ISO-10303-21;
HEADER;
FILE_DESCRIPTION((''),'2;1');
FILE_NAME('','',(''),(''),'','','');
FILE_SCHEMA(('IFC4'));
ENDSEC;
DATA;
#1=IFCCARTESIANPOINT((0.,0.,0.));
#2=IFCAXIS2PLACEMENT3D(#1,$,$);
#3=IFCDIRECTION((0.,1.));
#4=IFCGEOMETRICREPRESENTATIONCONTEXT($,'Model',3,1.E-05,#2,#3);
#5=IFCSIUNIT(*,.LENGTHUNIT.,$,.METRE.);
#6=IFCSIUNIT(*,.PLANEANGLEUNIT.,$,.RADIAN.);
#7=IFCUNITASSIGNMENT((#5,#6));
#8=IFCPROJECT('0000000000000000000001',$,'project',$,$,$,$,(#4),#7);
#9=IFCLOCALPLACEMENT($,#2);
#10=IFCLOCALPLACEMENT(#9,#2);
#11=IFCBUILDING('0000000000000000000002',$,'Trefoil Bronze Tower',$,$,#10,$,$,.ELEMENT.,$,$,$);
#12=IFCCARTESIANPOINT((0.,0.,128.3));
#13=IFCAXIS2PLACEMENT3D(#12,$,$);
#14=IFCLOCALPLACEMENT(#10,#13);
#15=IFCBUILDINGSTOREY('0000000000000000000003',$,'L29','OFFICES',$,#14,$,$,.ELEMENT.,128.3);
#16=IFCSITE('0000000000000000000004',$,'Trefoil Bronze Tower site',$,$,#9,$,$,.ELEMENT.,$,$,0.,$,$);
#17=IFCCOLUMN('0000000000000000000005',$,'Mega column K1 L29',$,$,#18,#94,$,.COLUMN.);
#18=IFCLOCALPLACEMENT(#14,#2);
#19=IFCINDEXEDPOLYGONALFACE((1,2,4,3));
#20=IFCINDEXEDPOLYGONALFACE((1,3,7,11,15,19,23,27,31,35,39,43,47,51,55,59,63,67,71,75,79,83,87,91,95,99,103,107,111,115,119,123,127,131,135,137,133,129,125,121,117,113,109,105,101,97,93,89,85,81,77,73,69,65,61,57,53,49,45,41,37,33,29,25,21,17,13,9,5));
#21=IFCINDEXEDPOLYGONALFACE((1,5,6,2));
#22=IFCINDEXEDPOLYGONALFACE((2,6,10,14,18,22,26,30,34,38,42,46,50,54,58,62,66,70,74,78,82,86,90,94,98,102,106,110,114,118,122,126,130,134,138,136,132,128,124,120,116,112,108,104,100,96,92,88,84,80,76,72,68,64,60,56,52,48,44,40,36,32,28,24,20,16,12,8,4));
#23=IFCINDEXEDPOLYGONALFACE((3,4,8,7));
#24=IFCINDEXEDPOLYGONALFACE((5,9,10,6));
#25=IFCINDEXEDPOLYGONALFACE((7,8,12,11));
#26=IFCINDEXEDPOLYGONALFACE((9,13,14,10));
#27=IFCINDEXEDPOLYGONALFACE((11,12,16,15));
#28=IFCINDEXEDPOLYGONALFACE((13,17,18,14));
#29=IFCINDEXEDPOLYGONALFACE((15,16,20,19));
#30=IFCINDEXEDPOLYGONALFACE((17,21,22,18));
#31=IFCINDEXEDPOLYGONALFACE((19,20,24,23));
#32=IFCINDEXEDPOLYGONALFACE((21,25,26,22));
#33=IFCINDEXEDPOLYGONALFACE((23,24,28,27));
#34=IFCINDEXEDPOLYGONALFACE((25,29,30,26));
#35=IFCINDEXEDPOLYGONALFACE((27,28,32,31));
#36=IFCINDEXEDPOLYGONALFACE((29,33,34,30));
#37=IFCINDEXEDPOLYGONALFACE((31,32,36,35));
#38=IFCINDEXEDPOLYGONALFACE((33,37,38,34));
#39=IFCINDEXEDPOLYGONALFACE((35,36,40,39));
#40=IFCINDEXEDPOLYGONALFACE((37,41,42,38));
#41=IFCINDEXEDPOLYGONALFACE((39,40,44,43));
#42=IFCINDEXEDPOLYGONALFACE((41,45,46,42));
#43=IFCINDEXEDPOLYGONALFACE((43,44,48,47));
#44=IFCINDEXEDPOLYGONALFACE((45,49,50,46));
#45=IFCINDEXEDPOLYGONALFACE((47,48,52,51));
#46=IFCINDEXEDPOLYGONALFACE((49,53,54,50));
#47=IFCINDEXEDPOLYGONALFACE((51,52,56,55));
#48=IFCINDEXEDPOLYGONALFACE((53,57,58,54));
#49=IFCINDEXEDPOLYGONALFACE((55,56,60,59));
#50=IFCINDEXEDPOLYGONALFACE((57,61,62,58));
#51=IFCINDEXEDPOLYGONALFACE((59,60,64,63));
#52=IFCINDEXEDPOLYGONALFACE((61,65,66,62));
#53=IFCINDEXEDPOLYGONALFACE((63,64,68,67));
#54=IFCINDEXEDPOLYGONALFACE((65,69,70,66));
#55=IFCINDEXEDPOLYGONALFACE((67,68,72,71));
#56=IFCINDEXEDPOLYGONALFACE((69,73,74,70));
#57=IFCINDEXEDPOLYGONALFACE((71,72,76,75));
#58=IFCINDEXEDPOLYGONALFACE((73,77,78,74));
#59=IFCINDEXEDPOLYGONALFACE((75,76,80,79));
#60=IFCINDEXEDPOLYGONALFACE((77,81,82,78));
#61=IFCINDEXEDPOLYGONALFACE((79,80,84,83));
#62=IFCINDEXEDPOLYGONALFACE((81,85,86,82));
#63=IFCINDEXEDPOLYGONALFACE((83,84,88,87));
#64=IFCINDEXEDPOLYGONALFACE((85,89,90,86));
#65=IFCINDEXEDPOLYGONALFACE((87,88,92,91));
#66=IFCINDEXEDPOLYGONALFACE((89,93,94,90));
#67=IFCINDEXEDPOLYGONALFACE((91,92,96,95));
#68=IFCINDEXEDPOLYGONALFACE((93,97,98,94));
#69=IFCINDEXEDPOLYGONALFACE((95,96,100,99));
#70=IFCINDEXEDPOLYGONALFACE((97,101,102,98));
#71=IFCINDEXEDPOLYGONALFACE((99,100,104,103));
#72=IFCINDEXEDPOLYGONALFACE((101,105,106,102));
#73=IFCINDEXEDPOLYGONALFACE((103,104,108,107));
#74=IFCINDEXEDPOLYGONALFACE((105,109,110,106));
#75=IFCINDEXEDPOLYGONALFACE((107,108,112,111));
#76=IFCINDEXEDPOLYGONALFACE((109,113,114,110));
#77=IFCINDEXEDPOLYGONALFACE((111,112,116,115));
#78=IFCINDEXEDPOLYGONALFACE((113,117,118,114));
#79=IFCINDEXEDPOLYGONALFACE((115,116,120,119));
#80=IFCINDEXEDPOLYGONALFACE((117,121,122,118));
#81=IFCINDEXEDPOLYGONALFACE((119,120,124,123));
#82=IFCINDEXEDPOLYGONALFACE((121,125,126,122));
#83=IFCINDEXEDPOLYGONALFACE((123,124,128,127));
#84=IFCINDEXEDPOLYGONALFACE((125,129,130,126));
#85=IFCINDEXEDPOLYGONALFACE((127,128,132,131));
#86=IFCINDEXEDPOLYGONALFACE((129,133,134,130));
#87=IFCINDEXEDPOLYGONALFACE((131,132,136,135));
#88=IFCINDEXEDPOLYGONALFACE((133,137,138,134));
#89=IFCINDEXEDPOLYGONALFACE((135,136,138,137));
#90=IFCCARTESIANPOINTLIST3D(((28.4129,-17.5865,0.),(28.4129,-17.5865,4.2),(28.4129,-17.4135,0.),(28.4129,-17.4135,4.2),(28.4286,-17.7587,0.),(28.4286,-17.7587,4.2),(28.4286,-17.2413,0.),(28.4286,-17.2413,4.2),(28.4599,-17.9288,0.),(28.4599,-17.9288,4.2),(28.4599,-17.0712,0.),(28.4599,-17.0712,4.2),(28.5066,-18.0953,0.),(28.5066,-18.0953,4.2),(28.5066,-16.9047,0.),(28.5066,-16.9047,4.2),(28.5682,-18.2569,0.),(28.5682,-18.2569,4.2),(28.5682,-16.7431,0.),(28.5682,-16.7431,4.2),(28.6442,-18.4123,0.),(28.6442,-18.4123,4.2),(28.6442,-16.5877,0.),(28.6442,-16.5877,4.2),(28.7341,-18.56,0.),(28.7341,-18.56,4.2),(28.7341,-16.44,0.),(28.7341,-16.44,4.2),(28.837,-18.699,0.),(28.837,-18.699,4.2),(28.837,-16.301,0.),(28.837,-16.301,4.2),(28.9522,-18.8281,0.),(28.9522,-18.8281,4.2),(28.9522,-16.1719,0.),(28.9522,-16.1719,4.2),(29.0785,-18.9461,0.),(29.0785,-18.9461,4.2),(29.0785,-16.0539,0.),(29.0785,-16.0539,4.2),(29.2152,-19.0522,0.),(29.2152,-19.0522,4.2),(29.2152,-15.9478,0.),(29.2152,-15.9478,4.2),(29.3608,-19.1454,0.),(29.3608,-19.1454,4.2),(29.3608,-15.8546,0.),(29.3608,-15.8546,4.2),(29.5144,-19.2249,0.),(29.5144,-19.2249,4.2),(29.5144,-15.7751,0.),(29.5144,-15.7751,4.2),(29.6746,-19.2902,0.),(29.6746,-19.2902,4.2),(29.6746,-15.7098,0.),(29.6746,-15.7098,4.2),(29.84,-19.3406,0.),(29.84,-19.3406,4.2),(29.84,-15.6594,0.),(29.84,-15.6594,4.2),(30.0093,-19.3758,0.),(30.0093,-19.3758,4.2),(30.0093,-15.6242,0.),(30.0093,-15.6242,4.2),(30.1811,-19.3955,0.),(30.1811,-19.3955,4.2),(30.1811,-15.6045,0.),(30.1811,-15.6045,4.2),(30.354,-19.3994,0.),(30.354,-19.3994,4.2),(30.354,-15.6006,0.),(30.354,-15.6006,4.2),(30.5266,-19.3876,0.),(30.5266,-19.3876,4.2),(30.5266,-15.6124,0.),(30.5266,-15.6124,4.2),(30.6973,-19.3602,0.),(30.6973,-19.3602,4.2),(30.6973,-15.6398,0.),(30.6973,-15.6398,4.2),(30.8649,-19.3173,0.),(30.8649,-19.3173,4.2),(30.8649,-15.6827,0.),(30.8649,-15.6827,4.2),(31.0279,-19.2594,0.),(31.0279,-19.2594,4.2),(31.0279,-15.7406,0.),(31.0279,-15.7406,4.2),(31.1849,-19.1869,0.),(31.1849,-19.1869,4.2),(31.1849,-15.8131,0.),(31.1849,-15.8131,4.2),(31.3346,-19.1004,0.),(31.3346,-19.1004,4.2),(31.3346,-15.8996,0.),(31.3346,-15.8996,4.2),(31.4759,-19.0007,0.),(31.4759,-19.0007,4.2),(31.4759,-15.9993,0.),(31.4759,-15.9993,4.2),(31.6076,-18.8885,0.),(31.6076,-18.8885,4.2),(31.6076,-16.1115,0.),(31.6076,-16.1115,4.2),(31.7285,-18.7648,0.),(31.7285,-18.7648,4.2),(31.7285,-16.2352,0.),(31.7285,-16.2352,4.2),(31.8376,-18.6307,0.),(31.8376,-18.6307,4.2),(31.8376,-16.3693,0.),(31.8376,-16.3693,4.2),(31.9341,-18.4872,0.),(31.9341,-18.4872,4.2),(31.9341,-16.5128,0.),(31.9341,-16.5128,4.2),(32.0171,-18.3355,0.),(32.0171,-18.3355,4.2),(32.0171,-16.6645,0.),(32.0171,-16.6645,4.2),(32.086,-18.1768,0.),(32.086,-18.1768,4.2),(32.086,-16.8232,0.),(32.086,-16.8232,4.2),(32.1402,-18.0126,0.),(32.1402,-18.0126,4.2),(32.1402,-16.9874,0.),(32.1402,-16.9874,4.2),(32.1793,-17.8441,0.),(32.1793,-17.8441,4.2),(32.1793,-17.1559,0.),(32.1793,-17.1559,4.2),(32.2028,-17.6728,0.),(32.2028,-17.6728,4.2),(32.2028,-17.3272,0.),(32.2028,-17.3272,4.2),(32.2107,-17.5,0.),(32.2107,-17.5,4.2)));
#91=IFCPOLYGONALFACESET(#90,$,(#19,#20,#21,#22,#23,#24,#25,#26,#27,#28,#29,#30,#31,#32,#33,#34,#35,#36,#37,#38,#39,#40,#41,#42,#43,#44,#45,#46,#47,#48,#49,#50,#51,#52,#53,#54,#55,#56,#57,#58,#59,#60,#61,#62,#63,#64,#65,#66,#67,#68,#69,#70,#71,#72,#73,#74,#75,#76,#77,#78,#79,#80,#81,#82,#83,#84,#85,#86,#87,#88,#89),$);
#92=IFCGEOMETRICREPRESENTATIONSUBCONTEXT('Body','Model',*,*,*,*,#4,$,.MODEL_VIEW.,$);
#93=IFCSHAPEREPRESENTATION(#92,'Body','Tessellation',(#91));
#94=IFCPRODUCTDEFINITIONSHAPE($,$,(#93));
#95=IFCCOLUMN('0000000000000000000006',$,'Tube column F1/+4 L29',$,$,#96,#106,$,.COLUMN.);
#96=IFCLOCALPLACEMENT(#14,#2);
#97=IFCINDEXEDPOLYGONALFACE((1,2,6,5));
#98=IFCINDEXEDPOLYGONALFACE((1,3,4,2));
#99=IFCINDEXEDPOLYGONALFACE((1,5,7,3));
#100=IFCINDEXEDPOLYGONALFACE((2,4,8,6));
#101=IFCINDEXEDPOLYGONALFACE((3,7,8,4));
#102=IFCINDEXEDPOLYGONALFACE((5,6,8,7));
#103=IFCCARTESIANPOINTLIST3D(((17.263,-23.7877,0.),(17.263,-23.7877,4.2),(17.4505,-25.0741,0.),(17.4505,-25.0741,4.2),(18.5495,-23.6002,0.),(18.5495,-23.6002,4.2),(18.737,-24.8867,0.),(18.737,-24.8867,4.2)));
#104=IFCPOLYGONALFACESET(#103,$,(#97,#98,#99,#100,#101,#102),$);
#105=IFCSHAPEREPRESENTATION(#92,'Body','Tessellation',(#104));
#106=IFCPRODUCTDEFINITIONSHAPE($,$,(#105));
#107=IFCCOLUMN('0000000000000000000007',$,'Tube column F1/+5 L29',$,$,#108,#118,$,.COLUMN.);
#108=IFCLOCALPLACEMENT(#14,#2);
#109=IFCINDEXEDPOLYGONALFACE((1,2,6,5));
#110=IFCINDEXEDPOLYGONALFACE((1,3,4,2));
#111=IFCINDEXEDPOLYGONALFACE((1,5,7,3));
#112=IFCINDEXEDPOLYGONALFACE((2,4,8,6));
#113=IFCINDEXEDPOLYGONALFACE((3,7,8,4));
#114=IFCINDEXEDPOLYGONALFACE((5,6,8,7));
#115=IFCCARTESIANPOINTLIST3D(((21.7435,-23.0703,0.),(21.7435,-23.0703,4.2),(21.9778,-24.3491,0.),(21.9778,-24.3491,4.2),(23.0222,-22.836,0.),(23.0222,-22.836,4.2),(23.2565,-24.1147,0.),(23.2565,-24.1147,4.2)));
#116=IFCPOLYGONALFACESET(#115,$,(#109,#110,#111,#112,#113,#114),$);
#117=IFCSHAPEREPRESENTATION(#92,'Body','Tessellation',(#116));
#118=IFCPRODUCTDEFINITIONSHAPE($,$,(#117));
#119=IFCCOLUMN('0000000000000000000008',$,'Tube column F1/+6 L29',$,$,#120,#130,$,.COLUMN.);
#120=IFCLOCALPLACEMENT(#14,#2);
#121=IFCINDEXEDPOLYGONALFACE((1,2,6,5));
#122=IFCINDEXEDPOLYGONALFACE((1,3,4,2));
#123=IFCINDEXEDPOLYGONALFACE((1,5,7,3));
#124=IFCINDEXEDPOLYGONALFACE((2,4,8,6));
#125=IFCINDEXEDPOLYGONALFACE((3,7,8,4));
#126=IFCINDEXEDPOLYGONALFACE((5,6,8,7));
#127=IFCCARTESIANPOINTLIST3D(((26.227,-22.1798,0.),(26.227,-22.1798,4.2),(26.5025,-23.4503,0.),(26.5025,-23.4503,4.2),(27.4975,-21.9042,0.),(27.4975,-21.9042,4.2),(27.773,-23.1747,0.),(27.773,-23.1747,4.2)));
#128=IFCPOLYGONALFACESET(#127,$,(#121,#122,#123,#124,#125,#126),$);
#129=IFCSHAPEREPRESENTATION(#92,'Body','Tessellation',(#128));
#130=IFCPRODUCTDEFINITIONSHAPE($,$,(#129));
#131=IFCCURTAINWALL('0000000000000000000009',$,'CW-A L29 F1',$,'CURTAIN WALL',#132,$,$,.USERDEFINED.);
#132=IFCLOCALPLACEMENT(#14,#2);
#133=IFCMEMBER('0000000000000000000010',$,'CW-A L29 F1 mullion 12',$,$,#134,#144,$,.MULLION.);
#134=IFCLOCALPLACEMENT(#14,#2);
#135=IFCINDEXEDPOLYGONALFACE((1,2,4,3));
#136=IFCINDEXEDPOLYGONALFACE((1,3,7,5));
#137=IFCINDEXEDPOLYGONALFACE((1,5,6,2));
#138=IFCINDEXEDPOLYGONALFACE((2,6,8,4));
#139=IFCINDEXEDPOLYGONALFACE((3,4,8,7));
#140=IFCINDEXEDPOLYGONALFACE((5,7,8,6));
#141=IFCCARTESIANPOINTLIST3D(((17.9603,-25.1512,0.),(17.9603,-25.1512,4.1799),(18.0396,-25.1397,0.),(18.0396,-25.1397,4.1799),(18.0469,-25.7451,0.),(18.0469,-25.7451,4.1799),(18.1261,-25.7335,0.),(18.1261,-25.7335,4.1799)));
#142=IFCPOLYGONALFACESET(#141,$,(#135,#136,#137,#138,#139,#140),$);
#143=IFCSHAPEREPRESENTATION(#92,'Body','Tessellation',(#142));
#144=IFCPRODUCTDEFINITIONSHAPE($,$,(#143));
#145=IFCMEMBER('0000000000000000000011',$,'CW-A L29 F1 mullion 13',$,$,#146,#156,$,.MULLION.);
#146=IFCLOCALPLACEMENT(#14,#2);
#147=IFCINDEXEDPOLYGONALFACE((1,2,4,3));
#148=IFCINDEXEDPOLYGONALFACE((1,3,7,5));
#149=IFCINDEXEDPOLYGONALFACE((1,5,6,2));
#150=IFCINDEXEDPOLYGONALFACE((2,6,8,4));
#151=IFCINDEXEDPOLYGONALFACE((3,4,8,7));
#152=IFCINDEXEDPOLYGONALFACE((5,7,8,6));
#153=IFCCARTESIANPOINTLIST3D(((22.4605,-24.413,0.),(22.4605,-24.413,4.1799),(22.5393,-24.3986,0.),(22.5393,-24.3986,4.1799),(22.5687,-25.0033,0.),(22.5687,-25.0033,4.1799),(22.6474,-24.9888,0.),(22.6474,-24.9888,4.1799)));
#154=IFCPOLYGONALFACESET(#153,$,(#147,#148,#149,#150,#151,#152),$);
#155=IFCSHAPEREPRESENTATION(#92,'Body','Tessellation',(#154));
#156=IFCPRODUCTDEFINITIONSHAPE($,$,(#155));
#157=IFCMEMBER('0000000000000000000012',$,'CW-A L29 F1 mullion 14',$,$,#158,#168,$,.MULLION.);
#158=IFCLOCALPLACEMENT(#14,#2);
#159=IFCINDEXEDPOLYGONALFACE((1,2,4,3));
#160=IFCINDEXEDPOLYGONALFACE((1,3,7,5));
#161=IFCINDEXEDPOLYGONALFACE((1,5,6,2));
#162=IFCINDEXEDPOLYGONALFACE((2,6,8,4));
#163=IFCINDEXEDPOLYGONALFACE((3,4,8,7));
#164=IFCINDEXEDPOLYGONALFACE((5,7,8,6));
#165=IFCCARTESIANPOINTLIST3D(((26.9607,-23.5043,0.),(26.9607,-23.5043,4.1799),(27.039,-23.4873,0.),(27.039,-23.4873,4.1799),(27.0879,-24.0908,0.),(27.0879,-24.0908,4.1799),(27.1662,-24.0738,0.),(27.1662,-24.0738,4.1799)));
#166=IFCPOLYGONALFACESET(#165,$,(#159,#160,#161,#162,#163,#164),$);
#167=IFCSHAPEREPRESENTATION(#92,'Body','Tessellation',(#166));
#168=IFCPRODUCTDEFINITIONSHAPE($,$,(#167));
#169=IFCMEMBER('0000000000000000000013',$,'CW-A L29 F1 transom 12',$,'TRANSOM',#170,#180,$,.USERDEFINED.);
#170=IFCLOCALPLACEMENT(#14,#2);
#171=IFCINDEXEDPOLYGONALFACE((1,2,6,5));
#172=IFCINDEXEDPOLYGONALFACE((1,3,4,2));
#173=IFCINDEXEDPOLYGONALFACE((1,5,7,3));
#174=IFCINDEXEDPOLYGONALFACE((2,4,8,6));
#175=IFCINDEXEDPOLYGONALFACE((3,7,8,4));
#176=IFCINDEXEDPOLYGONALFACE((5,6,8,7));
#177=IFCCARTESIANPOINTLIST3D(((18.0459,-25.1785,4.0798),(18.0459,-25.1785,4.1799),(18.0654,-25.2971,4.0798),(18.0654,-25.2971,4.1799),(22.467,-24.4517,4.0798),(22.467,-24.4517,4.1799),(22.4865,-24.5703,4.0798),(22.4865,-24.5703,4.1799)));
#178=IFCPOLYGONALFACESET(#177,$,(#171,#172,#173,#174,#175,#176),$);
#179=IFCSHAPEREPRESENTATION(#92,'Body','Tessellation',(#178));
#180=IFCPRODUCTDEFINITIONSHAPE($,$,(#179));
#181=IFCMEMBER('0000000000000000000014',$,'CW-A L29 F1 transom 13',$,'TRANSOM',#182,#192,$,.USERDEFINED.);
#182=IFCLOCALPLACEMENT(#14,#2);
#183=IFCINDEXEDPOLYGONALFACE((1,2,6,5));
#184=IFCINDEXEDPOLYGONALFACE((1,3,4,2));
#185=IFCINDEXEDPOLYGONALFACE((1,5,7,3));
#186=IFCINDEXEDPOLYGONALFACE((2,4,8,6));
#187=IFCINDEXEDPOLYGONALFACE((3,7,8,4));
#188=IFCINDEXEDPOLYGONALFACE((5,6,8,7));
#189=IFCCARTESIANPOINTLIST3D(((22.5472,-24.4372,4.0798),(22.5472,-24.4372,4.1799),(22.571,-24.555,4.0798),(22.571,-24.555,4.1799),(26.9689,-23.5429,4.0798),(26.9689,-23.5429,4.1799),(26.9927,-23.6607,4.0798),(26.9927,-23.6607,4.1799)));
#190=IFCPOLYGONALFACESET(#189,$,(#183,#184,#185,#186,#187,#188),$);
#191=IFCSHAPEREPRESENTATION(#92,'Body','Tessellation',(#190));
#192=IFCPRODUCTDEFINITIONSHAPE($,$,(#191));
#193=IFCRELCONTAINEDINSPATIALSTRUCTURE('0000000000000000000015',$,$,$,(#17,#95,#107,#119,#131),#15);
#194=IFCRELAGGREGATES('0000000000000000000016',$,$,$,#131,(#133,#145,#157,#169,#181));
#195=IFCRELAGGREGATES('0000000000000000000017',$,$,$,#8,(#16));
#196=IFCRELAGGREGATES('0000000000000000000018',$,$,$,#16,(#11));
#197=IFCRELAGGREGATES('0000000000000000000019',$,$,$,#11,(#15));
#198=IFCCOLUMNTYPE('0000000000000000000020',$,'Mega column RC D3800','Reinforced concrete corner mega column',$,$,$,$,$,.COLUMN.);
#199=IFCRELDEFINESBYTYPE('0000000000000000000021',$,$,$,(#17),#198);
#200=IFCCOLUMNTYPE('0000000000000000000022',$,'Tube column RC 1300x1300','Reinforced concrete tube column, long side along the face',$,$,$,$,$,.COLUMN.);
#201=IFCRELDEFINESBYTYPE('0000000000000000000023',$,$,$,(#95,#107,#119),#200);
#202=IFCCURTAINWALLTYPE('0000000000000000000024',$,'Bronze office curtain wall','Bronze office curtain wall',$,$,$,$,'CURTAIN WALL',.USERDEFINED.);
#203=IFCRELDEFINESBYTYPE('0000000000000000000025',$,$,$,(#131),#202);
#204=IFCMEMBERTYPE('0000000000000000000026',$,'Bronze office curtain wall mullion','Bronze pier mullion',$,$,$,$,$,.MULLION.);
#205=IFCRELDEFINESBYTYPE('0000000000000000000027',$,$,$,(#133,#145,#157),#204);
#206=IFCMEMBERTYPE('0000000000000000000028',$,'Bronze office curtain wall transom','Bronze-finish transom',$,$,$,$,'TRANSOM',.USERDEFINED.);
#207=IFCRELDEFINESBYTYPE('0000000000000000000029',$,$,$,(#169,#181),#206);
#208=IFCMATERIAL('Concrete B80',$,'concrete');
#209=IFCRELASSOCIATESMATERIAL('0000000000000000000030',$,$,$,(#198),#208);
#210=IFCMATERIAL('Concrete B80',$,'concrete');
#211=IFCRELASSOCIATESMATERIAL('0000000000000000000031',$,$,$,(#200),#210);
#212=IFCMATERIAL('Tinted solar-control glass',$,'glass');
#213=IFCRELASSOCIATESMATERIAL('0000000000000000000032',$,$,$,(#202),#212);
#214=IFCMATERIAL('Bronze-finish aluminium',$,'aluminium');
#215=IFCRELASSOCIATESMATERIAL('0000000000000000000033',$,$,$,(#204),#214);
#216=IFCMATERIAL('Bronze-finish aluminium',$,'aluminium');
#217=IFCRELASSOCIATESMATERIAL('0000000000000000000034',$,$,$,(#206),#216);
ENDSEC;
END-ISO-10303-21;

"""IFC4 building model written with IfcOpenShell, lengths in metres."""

from ifc_helpers import new_model, si_unit, direction, frame, origin, origin_2d, place, context, subcontext, project, spatial, rectangle, circle, extrude, material, material_profile, profile_set, type_object, element, aggregate, save


model = new_model("IFC4")

# Units and contexts
model_context = context("Model", 3, precision=1e-05, world=origin(), true_north=direction((0.0, 1.0)))
body_context = subcontext(model_context, "Body", "Model", "MODEL_VIEW")
ifc_project = project(units=[si_unit("LENGTHUNIT", "METRE"), si_unit("PLANEANGLEUNIT", "RADIAN")], contexts=[model_context])

# Site, building, storey
site_placement = place(None, origin())
site = spatial("IfcSite", under=ifc_project, at=site_placement, Name="Trefoil Bronze Tower site", CompositionType="ELEMENT", RefElevation=0.0)
building_placement = place(site_placement, origin())
building = spatial("IfcBuilding", under=site, at=building_placement, Name="Trefoil Bronze Tower", CompositionType="ELEMENT")
storey_placement = place(building_placement, frame((0.0, 0.0, 128.3)))
storey = spatial("IfcBuildingStorey", under=building, at=storey_placement, Name="L29", Description="OFFICES", CompositionType="ELEMENT", Elevation=128.3)

# Columns
ifc_material_1 = material(Name="Concrete B80", Category="concrete")
ifc_material_profile_1 = material_profile(ifc_material_1, circle(Radius=1.8999, at=origin_2d()), Name="RC D3800")
ifc_profile_set_1 = profile_set([ifc_material_profile_1], Name="Concrete B80")
column_type_1 = type_object("IfcColumnType", Name="Mega column RC D3800", Description="Reinforced concrete corner mega column", PredefinedType="COLUMN", material=ifc_profile_set_1)
column_placement = place(storey_placement, frame((30.3108, -17.5, 0.0), z_axis=(0.0, 0.0, 1.0), x_axis=(1.0, 0.0, 0.0)))
element("IfcColumn", 1, at=column_placement, inside=storey, type_object=column_type_1, Name="Mega column K1 L29", PredefinedType="COLUMN", context=body_context, shape_type="SweptSolid", body=[
    extrude(circle(Radius=1.8999, at=origin_2d()), origin(), (0.0, 0.0, 1.0), 4.2),
])
ifc_material_2 = material(Name="Concrete B80", Category="concrete")
ifc_material_profile_2 = material_profile(ifc_material_2, rectangle(XDim=1.3, YDim=1.3, at=origin_2d()), Name="RC 1300x1300")
ifc_profile_set_2 = profile_set([ifc_material_profile_2], Name="Concrete B80")
column_type_2 = type_object("IfcColumnType", Name="Tube column RC 1300x1300", Description="Reinforced concrete tube column, long side along the face", PredefinedType="COLUMN", material=ifc_profile_set_2)
for number, where, z_axis, x_axis, name in (
    (2, (18.0, -24.3372, 0.0), (0.0, 0.0, 1.0), (0.98955, 0.144192, 0.0), "Tube column F1/+4 L29"),
    (3, (22.5, -23.5925, 0.0), (0.0, 0.0, 1.0), (0.983623, 0.180241, 0.0), "Tube column F1/+5 L29"),
    (4, (27.0, -22.6772, 0.0), (0.0, 0.0, 1.0), (0.977276, 0.21197, 0.0), "Tube column F1/+6 L29"),
):
    element("IfcColumn", number, at=place(storey_placement, frame(where, z_axis=z_axis, x_axis=x_axis)), inside=storey, type_object=column_type_2, Name=name, PredefinedType="COLUMN", context=body_context, shape_type="SweptSolid", body=[
        extrude(rectangle(XDim=1.3, YDim=1.3, at=origin_2d()), origin(), (0.0, 0.0, 1.0), 4.2),
    ])

# Curtain wall, members
ifc_material_3 = material(Name="Tinted solar-control glass", Category="glass")
curtain_wall_type_1 = type_object("IfcCurtainWallType", Name="Bronze office curtain wall", Description="Bronze office curtain wall", ElementType="CURTAIN WALL", PredefinedType="USERDEFINED", material=ifc_material_3)
curtain_wall_1_placement = place(storey_placement, origin())
curtain_wall_1 = element("IfcCurtainWall", 5, at=curtain_wall_1_placement, inside=storey, type_object=curtain_wall_type_1, Name="CW-A L29 F1", ObjectType="CURTAIN WALL", PredefinedType="USERDEFINED")
ifc_material_4 = material(Name="Bronze-finish aluminium", Category="aluminium")
ifc_material_profile_3 = material_profile(ifc_material_4, rectangle(XDim=0.6001, YDim=0.0801, at=origin_2d()), Name="CW-A mullion")
ifc_profile_set_3 = profile_set([ifc_material_profile_3], Name="Bronze-finish aluminium")
member_type_1 = type_object("IfcMemberType", Name="Bronze office curtain wall mullion", Description="Bronze pier mullion", PredefinedType="MULLION", material=ifc_profile_set_3)
member_1_placement = place(storey_placement, frame((18.0432, -25.4424, 0.0), z_axis=(0.0, 0.0, 1.0), x_axis=(-0.144192, 0.98955, 0.0)))
member_1 = element("IfcMember", 6, at=member_1_placement, type_object=member_type_1, Name="CW-A L29 F1 mullion 12", PredefinedType="MULLION", context=body_context, shape_type="SweptSolid", body=[
    extrude(rectangle(XDim=0.6001, YDim=0.0801, at=origin_2d()), origin(), (0.0, 0.0, 1.0), 4.1799),
])
member_2_placement = place(storey_placement, frame((22.554, -24.7009, 0.0), z_axis=(0.0, 0.0, 1.0), x_axis=(-0.180241, 0.983623, 0.0)))
member_2 = element("IfcMember", 7, at=member_2_placement, type_object=member_type_1, Name="CW-A L29 F1 mullion 13", PredefinedType="MULLION", context=body_context, shape_type="SweptSolid", body=[
    extrude(rectangle(XDim=0.6001, YDim=0.0801, at=origin_2d()), origin(), (0.0, 0.0, 1.0), 4.1799),
])
member_3_placement = place(storey_placement, frame((27.0635, -23.7891, 0.0), z_axis=(0.0, 0.0, 1.0), x_axis=(-0.21197, 0.977276, 0.0)))
member_3 = element("IfcMember", 8, at=member_3_placement, type_object=member_type_1, Name="CW-A L29 F1 mullion 14", PredefinedType="MULLION", context=body_context, shape_type="SweptSolid", body=[
    extrude(rectangle(XDim=0.6001, YDim=0.0801, at=origin_2d()), origin(), (0.0, 0.0, 1.0), 4.1799),
])
ifc_material_5 = material(Name="Bronze-finish aluminium", Category="aluminium")
ifc_material_profile_4 = material_profile(ifc_material_5, rectangle(XDim=0.1201, YDim=0.1001, at=origin_2d()), Name="CW-A transom")
ifc_profile_set_4 = profile_set([ifc_material_profile_4], Name="Bronze-finish aluminium")
member_type_2 = type_object("IfcMemberType", Name="Bronze office curtain wall transom", Description="Bronze-finish transom", ElementType="TRANSOM", PredefinedType="USERDEFINED", material=ifc_profile_set_4)
member_4_placement = place(storey_placement, frame((18.0557, -25.2378, 4.1299), z_axis=(0.986755, 0.162216, 0.0), x_axis=(-0.162216, 0.986755, 0.0)))
member_4 = element("IfcMember", 9, at=member_4_placement, type_object=member_type_2, Name="CW-A L29 F1 transom 12", ObjectType="TRANSOM", PredefinedType="USERDEFINED", context=body_context, shape_type="SweptSolid", body=[
    extrude(rectangle(XDim=0.1201, YDim=0.1001, at=origin_2d()), origin(), (0.0, 0.0, 1.0), 4.4805),
])
member_5_placement = place(storey_placement, frame((22.5591, -24.4961, 4.1299), z_axis=(0.980154, 0.198239, 0.0), x_axis=(-0.198239, 0.980154, 0.0)))
member_5 = element("IfcMember", 10, at=member_5_placement, type_object=member_type_2, Name="CW-A L29 F1 transom 13", ObjectType="TRANSOM", PredefinedType="USERDEFINED", context=body_context, shape_type="SweptSolid", body=[
    extrude(rectangle(XDim=0.1201, YDim=0.1001, at=origin_2d()), origin(), (0.0, 0.0, 1.0), 4.5112),
])

aggregate(curtain_wall_1, [member_1, member_2, member_3, member_4, member_5])

save(model, "model.ifc")
